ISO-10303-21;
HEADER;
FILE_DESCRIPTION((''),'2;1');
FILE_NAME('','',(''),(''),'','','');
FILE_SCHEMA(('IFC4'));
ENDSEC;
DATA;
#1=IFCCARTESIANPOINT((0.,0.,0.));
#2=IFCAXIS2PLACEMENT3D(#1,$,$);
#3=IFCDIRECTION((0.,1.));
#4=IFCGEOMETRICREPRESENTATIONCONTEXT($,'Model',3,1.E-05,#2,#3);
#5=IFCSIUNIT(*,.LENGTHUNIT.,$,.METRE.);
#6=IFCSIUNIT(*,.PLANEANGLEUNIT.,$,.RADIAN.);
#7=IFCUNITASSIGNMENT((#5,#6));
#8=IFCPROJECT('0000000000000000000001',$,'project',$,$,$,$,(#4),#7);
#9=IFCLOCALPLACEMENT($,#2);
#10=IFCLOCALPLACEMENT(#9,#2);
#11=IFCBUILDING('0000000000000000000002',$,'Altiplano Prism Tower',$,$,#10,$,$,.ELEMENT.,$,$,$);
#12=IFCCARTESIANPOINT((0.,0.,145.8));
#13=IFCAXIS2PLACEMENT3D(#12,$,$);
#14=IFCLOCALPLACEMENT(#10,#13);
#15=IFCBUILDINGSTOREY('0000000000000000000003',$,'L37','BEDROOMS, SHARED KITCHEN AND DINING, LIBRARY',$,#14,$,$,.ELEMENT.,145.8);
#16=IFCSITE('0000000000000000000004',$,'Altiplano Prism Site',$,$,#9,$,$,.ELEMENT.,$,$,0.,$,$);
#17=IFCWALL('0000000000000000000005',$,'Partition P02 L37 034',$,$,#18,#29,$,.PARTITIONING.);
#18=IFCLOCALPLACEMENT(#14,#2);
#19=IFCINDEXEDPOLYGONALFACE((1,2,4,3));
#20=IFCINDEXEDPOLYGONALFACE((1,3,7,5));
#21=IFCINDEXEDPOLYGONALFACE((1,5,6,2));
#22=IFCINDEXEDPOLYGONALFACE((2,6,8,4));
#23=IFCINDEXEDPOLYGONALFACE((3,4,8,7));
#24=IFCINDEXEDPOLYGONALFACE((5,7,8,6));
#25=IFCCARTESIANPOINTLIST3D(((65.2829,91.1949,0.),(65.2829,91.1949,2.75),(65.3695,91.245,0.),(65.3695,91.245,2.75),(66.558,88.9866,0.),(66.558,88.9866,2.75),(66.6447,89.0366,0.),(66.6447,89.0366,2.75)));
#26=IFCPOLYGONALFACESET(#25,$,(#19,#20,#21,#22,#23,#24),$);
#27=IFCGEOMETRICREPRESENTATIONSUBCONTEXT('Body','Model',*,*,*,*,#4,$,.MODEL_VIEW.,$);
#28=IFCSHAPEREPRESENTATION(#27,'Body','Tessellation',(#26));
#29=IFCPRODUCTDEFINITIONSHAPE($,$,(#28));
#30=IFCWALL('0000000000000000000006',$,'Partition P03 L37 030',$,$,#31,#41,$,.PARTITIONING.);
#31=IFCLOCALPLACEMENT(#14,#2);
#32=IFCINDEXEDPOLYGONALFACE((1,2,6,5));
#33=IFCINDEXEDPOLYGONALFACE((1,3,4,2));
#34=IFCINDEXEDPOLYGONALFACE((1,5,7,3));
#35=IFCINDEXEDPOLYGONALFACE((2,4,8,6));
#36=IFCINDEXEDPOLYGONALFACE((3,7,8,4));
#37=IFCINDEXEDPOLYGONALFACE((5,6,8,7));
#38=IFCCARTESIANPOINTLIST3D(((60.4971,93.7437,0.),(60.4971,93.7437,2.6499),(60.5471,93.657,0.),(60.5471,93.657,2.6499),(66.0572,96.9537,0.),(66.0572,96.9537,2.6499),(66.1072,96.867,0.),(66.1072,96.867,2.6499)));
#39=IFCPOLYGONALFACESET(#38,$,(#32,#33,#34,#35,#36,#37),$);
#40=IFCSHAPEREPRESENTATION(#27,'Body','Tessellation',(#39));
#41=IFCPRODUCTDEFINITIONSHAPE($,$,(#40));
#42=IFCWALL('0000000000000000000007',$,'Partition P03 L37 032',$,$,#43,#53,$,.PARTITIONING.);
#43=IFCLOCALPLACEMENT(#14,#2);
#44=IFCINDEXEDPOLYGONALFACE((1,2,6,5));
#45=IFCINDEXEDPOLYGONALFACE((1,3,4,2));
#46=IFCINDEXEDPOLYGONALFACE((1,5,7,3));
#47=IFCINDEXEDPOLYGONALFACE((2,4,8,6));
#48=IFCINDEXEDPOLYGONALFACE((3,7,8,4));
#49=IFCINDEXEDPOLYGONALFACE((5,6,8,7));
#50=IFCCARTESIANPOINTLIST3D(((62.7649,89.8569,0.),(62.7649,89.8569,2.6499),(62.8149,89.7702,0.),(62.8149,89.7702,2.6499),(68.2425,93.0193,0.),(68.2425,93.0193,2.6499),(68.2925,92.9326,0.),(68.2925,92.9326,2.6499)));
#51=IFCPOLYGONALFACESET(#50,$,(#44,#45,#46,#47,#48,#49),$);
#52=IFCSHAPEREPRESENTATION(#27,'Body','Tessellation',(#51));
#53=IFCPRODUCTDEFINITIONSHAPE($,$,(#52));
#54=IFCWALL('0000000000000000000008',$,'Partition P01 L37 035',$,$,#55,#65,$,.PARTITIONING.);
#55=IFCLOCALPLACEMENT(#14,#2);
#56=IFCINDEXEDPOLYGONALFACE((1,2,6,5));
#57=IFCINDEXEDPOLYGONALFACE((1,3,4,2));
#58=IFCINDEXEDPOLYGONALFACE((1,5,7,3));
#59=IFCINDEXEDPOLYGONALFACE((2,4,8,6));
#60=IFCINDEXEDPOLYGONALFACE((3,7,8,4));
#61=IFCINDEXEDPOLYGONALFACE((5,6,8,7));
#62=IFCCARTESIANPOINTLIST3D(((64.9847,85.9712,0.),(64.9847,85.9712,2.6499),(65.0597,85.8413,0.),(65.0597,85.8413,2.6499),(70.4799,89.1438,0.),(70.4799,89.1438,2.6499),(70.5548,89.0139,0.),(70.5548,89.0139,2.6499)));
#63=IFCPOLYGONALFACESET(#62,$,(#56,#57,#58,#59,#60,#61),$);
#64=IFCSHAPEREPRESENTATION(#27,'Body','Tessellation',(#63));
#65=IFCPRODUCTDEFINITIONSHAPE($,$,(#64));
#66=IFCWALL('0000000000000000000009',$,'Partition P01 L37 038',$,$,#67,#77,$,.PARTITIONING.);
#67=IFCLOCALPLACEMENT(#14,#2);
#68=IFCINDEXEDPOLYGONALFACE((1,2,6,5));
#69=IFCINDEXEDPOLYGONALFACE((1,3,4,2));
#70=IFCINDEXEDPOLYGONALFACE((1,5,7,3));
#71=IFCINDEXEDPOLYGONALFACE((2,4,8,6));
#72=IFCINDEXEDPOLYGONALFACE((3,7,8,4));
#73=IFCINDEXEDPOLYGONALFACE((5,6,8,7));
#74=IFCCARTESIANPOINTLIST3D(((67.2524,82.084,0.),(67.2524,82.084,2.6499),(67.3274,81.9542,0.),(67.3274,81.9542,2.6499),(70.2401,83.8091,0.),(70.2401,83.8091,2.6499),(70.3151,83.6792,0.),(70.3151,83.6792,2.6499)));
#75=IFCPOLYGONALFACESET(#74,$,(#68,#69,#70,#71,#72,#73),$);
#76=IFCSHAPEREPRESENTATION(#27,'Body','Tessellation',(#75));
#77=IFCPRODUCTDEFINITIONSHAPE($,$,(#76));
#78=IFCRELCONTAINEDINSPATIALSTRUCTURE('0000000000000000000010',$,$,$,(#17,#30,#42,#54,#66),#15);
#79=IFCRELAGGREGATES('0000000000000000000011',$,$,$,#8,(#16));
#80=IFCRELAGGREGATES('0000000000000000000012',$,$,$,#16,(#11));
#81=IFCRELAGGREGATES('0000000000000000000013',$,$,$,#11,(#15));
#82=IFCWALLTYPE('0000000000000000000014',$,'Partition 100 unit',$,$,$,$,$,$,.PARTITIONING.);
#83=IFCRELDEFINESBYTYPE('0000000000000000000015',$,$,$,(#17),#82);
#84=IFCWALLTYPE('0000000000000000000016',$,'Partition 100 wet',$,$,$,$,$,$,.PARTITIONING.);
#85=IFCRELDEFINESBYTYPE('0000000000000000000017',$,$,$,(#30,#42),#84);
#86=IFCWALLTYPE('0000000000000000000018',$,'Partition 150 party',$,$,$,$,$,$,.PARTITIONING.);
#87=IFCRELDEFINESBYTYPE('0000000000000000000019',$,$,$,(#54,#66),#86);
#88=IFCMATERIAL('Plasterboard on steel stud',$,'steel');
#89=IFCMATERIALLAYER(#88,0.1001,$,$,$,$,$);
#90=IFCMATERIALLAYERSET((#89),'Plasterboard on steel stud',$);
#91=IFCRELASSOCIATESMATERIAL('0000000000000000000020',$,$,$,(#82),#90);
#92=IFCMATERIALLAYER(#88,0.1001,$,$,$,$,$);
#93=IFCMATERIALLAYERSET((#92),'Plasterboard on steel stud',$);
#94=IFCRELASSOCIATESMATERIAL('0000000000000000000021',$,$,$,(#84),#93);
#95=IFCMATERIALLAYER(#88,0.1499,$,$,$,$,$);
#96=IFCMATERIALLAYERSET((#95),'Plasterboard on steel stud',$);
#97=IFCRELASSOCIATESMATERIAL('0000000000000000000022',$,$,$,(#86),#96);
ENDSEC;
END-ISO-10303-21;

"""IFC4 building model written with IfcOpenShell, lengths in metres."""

from ifc_helpers import new_model, si_unit, direction, frame, frame_2d, origin, place, context, subcontext, project, spatial, rectangle, extrude, material, layer, layer_set, type_object, element, save


model = new_model("IFC4")

# Units and contexts
model_context = context("Model", 3, precision=1e-05, world=origin(), true_north=direction((0.0, 1.0)))
body_context = subcontext(model_context, "Body", "Model", "MODEL_VIEW")
ifc_project = project(units=[si_unit("LENGTHUNIT", "METRE"), si_unit("PLANEANGLEUNIT", "RADIAN")], contexts=[model_context])

# Site, building, storey
site_placement = place(None, origin())
site = spatial("IfcSite", under=ifc_project, at=site_placement, Name="Altiplano Prism Site", CompositionType="ELEMENT", RefElevation=0.0)
building_placement = place(site_placement, origin())
building = spatial("IfcBuilding", under=site, at=building_placement, Name="Altiplano Prism Tower", CompositionType="ELEMENT")
storey_placement = place(building_placement, frame((0.0, 0.0, 145.8)))
storey = spatial("IfcBuildingStorey", under=building, at=storey_placement, Name="L37", Description="BEDROOMS, SHARED KITCHEN AND DINING, LIBRARY", CompositionType="ELEMENT", Elevation=145.8)

# Walls
ifc_material_1 = material(Name="Plasterboard on steel stud", Category="steel")
ifc_layer_1 = layer(ifc_material_1, 0.1001)
ifc_layer_set_1 = layer_set([ifc_layer_1], Name="Plasterboard on steel stud")
wall_type_1 = type_object("IfcWallType", Name="Partition 100 unit", PredefinedType="PARTITIONING", material=ifc_layer_set_1)
wall_1_placement = place(storey_placement, frame((66.6013, 89.0117, 0.0), z_axis=(0.0, 0.0, 1.0), x_axis=(-0.500062, 0.865989, 0.0)))
element("IfcWall", 1, at=wall_1_placement, inside=storey, type_object=wall_type_1, Name="Partition P02 L37 034", PredefinedType="PARTITIONING", context=body_context, shape_type="SweptSolid", body=[
    extrude(rectangle(XDim=2.55, YDim=0.1001, at=frame_2d((1.2749, 0.0))), origin(), (0.0, 0.0, 1.0), 2.75),
])
ifc_layer_2 = layer(ifc_material_1, 0.1001)
ifc_layer_set_2 = layer_set([ifc_layer_2], Name="Plasterboard on steel stud")
wall_type_2 = type_object("IfcWallType", Name="Partition 100 wet", PredefinedType="PARTITIONING", material=ifc_layer_set_2)
wall_2_placement = place(storey_placement, frame((60.5222, 93.7004, 0.0), z_axis=(0.0, 0.0, 1.0), x_axis=(0.866035, 0.499984, 0.0)))
element("IfcWall", 2, at=wall_2_placement, inside=storey, type_object=wall_type_2, Name="Partition P03 L37 030", PredefinedType="PARTITIONING", context=body_context, shape_type="SweptSolid", body=[
    extrude(rectangle(XDim=6.4202, YDim=0.1001, at=frame_2d((3.21, 0.0))), origin(), (0.0, 0.0, 1.0), 2.6499),
])
wall_3_placement = place(storey_placement, frame((62.7898, 89.8135, 0.0), z_axis=(0.0, 0.0, 1.0), x_axis=(0.866033, 0.499988, 0.0)))
element("IfcWall", 3, at=wall_3_placement, inside=storey, type_object=wall_type_2, Name="Partition P03 L37 032", PredefinedType="PARTITIONING", context=body_context, shape_type="SweptSolid", body=[
    extrude(rectangle(XDim=6.325, YDim=0.1001, at=frame_2d((3.1626, 0.0))), origin(), (0.0, 0.0, 1.0), 2.6499),
])
ifc_layer_3 = layer(ifc_material_1, 0.1499)
ifc_layer_set_3 = layer_set([ifc_layer_3], Name="Plasterboard on steel stud")
wall_type_3 = type_object("IfcWallType", Name="Partition 150 party", PredefinedType="PARTITIONING", material=ifc_layer_set_3)
wall_4_placement = place(storey_placement, frame((65.0222, 85.9062, 0.0), z_axis=(0.0, 0.0, 1.0), x_axis=(0.866025, 0.5, 0.0)))
element("IfcWall", 4, at=wall_4_placement, inside=storey, type_object=wall_type_3, Name="Partition P01 L37 035", PredefinedType="PARTITIONING", context=body_context, shape_type="SweptSolid", body=[
    extrude(rectangle(XDim=6.3452, YDim=0.1499, at=frame_2d((3.1726, 0.0))), origin(), (0.0, 0.0, 1.0), 2.6499),
])
wall_5_placement = place(storey_placement, frame((67.2898, 82.019, 0.0), z_axis=(0.0, 0.0, 1.0), x_axis=(0.866014, 0.500021, 0.0)))
element("IfcWall", 5, at=wall_5_placement, inside=storey, type_object=wall_type_3, Name="Partition P01 L37 038", PredefinedType="PARTITIONING", context=body_context, shape_type="SweptSolid", body=[
    extrude(rectangle(XDim=3.45, YDim=0.1499, at=frame_2d((1.7251, 0.0))), origin(), (0.0, 0.0, 1.0), 2.6499),
])

save(model, "model.ifc")
